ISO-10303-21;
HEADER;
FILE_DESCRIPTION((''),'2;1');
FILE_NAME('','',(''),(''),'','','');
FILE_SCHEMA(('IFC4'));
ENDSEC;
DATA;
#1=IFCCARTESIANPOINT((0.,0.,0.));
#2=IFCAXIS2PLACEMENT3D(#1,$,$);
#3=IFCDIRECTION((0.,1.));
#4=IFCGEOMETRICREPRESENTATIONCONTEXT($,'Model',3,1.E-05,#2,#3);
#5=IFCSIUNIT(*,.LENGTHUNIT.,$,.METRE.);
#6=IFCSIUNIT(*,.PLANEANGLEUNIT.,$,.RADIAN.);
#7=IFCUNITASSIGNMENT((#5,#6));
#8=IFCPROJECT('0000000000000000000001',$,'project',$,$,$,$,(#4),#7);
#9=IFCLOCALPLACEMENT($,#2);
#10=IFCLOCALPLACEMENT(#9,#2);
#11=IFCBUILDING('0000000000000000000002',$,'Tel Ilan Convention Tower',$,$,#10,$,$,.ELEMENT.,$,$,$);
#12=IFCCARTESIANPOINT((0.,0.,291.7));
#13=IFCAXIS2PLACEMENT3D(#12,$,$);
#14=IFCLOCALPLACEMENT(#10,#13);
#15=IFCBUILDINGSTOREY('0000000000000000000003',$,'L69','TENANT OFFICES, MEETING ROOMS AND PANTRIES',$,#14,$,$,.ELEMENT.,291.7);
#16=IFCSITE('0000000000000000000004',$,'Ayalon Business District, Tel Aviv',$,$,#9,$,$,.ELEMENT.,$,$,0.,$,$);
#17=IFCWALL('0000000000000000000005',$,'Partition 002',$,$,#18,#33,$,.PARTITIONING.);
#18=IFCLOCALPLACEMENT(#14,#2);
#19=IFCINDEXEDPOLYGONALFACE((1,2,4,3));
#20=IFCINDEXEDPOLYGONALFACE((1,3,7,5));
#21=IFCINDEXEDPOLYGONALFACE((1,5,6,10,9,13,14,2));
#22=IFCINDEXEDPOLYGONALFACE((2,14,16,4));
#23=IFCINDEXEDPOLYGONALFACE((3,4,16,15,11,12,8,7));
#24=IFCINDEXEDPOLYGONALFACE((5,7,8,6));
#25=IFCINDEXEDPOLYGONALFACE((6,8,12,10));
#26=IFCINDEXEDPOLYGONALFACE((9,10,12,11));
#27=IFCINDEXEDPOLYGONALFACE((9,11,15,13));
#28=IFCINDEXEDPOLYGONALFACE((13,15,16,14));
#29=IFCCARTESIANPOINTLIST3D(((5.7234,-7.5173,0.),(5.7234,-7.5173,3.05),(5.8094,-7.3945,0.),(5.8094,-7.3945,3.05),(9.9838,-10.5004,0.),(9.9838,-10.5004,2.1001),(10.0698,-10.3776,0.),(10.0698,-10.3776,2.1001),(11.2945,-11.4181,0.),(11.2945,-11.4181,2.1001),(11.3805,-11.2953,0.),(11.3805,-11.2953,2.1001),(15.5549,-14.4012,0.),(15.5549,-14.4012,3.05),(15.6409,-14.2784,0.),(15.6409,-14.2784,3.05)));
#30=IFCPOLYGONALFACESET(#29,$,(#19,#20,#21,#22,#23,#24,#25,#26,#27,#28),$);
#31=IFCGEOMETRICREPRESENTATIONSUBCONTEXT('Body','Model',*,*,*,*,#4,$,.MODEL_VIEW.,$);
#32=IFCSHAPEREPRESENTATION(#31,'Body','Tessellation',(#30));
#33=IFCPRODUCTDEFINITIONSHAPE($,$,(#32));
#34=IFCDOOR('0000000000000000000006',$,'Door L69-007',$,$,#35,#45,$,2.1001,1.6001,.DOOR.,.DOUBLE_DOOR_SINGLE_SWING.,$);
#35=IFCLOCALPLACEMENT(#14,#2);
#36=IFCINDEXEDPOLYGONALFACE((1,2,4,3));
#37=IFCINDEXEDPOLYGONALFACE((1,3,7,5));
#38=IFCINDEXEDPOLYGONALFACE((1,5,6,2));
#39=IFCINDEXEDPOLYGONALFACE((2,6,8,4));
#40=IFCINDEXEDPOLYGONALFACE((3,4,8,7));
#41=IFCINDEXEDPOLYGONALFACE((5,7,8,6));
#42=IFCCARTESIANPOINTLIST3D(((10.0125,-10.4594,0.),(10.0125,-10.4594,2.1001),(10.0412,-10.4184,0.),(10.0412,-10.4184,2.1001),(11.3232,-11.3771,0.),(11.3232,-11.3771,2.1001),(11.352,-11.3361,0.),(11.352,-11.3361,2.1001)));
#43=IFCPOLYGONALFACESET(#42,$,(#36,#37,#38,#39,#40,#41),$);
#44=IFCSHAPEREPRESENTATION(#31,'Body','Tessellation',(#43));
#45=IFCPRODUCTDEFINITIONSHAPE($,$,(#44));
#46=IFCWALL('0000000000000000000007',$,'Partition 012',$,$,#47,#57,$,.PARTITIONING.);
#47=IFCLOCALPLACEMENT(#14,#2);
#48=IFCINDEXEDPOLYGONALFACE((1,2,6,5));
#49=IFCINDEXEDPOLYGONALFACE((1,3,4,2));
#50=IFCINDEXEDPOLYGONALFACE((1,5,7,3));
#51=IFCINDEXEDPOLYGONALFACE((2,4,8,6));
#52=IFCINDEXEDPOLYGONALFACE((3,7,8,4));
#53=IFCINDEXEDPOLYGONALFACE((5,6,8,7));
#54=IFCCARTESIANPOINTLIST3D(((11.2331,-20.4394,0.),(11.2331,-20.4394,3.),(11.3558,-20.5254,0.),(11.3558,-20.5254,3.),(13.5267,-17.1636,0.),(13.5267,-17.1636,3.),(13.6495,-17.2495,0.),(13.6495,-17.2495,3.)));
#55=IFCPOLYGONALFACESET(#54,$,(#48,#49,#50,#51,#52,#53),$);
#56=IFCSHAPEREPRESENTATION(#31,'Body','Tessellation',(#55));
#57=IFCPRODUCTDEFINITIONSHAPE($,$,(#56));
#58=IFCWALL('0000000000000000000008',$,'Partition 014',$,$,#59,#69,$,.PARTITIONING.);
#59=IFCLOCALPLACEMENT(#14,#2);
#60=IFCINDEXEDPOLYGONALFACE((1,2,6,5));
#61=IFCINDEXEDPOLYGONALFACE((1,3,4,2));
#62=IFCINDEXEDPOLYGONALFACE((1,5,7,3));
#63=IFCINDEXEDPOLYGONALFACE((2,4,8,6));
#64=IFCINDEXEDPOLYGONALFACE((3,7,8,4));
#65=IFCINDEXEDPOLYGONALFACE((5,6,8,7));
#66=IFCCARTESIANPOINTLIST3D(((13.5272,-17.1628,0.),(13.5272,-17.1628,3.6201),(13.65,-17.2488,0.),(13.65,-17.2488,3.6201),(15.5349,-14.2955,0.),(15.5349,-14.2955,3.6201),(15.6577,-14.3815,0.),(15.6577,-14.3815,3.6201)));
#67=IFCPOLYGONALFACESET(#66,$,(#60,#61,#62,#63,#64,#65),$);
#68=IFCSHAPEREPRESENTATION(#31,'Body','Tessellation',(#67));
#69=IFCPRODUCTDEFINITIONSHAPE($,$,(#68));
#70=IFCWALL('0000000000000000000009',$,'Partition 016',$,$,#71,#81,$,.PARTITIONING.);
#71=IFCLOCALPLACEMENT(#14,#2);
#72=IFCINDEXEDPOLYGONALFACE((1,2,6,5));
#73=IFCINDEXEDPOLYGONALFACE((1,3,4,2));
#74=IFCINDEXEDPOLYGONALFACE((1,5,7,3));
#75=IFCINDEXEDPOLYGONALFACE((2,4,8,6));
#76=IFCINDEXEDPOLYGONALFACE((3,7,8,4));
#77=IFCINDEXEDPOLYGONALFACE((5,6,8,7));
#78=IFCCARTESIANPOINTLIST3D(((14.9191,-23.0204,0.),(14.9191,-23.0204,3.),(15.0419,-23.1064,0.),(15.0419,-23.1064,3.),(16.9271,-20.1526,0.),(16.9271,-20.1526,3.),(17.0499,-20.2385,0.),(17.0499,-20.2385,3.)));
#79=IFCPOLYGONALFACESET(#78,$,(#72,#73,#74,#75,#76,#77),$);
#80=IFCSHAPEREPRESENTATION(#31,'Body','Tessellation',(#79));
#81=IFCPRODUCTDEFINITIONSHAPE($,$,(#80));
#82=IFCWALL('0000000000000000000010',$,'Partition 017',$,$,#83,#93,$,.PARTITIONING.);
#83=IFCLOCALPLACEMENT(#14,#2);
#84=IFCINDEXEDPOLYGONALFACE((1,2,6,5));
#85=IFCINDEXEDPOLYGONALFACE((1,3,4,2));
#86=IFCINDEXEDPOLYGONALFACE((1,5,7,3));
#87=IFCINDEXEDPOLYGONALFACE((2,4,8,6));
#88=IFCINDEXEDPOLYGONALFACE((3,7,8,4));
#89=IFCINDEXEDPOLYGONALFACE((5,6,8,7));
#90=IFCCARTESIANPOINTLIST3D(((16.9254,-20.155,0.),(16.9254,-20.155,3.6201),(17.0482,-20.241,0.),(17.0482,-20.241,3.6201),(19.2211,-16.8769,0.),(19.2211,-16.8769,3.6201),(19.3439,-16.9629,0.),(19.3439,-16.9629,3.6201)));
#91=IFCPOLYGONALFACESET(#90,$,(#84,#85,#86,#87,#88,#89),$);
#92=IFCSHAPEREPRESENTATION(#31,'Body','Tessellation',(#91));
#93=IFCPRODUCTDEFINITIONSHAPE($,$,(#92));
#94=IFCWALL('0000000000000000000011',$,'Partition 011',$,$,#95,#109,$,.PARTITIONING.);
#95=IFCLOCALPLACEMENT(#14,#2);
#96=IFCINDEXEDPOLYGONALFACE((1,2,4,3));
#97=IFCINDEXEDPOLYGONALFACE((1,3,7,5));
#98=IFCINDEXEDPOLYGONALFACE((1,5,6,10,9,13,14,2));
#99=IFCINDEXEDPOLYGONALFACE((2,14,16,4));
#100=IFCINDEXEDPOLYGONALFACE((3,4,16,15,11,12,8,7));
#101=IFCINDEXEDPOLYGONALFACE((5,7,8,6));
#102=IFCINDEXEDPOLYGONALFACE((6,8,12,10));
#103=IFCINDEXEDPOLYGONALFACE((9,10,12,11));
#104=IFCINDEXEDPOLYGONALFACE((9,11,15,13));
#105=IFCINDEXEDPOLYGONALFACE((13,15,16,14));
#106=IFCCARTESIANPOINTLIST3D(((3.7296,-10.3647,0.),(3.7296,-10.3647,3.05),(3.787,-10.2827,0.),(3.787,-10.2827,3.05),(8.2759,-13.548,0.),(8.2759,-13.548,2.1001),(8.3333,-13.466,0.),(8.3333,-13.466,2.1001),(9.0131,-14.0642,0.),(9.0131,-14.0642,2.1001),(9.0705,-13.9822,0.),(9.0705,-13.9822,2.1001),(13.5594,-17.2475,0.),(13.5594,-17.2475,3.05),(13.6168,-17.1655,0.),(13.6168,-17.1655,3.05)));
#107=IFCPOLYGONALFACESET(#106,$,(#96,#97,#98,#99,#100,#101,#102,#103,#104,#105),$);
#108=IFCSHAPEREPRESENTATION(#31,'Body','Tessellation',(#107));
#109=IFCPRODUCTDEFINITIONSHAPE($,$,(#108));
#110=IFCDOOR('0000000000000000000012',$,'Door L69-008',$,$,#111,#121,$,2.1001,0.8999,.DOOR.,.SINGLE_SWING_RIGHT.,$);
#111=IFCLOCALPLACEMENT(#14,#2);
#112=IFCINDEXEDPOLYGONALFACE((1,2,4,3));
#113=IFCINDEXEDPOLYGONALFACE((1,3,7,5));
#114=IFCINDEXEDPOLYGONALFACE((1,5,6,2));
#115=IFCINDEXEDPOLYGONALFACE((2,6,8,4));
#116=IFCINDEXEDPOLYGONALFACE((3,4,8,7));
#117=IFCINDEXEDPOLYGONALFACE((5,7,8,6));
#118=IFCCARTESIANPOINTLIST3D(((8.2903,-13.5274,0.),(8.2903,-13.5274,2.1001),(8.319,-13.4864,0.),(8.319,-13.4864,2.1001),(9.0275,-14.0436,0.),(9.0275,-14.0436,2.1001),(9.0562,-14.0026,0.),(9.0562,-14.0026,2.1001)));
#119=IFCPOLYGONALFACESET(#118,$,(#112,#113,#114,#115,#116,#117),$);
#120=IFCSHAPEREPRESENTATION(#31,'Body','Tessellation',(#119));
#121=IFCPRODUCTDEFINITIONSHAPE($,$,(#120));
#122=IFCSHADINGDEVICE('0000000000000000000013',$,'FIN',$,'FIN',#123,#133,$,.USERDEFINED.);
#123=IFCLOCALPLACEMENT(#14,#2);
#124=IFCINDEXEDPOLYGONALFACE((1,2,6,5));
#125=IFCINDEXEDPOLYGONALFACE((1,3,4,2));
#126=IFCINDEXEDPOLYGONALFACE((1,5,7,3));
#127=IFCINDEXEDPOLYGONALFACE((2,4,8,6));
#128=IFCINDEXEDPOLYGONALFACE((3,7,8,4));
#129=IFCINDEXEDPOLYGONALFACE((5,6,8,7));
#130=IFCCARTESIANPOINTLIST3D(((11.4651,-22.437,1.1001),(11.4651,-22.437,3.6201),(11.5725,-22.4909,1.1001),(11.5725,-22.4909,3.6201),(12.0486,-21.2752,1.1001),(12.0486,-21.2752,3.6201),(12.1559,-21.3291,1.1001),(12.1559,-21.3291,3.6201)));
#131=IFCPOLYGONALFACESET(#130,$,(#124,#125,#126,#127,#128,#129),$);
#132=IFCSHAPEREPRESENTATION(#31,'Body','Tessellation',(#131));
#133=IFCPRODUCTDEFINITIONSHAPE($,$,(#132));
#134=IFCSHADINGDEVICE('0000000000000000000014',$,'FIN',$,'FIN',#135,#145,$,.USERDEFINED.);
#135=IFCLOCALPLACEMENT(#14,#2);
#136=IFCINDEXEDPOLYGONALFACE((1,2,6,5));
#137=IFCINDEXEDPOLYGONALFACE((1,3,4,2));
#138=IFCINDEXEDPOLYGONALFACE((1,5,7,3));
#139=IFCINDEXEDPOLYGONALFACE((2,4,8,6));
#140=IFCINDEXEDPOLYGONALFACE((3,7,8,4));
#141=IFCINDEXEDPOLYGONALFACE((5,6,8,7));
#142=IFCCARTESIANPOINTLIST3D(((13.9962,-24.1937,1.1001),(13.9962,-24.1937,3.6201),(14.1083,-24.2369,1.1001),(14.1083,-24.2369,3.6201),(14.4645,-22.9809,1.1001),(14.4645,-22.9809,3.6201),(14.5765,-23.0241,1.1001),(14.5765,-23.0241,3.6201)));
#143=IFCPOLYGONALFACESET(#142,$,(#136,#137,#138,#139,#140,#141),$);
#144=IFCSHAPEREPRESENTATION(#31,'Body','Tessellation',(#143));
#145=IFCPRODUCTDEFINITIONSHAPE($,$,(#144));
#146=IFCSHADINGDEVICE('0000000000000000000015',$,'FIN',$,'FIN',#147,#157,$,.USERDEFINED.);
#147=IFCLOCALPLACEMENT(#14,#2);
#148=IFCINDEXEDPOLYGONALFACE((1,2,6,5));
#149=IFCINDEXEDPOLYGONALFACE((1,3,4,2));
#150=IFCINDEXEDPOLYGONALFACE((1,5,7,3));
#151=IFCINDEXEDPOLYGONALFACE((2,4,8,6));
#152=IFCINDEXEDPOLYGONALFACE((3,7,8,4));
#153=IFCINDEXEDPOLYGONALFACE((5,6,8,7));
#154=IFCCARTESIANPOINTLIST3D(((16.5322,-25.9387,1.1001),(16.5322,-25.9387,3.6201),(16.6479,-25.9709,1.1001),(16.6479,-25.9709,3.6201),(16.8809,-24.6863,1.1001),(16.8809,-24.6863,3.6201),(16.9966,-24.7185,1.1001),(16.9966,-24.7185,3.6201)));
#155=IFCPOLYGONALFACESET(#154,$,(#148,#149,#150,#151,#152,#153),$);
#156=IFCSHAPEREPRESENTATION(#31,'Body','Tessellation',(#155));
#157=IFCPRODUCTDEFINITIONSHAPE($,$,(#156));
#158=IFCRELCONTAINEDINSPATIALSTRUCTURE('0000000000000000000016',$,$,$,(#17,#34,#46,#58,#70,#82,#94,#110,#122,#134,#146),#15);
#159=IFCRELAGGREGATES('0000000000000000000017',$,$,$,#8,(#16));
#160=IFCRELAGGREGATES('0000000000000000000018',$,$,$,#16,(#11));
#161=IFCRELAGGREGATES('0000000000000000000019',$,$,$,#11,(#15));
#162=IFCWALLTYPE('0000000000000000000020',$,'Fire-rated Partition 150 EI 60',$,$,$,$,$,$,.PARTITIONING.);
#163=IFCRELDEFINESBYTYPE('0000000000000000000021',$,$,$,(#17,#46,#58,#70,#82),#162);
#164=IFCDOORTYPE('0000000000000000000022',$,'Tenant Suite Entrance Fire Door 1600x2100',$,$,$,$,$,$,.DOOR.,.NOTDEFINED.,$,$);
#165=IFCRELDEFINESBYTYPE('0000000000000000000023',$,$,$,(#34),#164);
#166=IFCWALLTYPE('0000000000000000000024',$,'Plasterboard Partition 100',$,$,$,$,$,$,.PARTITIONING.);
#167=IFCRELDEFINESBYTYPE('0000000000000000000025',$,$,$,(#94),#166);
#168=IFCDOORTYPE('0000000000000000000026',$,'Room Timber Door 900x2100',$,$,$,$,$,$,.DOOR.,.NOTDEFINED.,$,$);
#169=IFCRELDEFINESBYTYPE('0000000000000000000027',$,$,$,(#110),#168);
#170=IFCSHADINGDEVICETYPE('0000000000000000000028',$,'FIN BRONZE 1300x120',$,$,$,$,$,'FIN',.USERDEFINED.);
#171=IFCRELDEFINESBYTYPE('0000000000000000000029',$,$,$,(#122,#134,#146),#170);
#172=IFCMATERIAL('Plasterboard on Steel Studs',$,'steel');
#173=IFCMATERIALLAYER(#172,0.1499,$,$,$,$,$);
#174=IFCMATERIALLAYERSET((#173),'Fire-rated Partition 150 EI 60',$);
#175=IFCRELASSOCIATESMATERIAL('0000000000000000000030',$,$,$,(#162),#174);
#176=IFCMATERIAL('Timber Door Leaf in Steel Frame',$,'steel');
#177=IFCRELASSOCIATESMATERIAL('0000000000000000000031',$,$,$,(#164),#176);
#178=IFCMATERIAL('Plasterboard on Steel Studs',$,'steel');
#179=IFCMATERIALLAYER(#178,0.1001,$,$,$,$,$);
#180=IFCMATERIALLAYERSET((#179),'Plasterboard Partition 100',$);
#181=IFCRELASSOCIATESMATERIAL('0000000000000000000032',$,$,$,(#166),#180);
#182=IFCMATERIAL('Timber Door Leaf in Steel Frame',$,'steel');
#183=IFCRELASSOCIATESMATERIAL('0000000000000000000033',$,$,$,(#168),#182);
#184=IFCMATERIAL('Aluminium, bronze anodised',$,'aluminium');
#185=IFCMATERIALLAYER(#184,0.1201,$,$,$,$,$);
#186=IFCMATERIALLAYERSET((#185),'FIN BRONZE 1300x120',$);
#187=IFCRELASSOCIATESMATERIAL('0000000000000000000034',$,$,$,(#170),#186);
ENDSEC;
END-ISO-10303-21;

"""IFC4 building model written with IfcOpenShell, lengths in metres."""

from ifc_helpers import new_model, si_unit, direction, frame, frame_2d, origin, origin_2d, place, context, subcontext, project, spatial, rectangle, extrude, material, layer, layer_set, type_object, element, fill, save


model = new_model("IFC4")

# Units and contexts
model_context = context("Model", 3, precision=1e-05, world=origin(), true_north=direction((0.0, 1.0)))
body_context = subcontext(model_context, "Body", "Model", "MODEL_VIEW")
ifc_project = project(units=[si_unit("LENGTHUNIT", "METRE"), si_unit("PLANEANGLEUNIT", "RADIAN")], contexts=[model_context])

# Site, building, storey
site_placement = place(None, origin())
site = spatial("IfcSite", under=ifc_project, at=site_placement, Name="Ayalon Business District, Tel Aviv", CompositionType="ELEMENT", RefElevation=0.0)
building_placement = place(site_placement, origin())
building = spatial("IfcBuilding", under=site, at=building_placement, Name="Tel Ilan Convention Tower", CompositionType="ELEMENT")
storey_placement = place(building_placement, frame((0.0, 0.0, 291.7)))
storey = spatial("IfcBuildingStorey", under=building, at=storey_placement, Name="L69", Description="TENANT OFFICES, MEETING ROOMS AND PANTRIES", CompositionType="ELEMENT", Elevation=291.7)

# Wall, opening, door
ifc_material_1 = material(Name="Plasterboard on Steel Studs", Category="steel")
ifc_layer_1 = layer(ifc_material_1, 0.1499)
ifc_layer_set_1 = layer_set([ifc_layer_1], Name="Fire-rated Partition 150 EI 60")
wall_type_1 = type_object("IfcWallType", Name="Fire-rated Partition 150 EI 60", PredefinedType="PARTITIONING", material=ifc_layer_set_1)
wall_1_placement = place(storey_placement, frame((15.5979, -14.3398, 0.0), z_axis=(0.0, 0.0, 1.0), x_axis=(-0.819155, 0.573572, 0.0)))
wall_1 = element("IfcWall", 1, at=wall_1_placement, inside=storey, type_object=wall_type_1, Name="Partition 002", PredefinedType="PARTITIONING", context=body_context, shape_type="SweptSolid", body=[
    extrude(rectangle(XDim=12.002, YDim=0.1499, at=frame_2d((6.001, 0.0))), origin(), (0.0, 0.0, 1.0), 3.05),
])
opening_1_placement = place(wall_1_placement, frame((5.2009, 0.0, 0.0)))
opening_1 = element("IfcOpeningElement", 2, at=opening_1_placement, cuts=wall_1, PredefinedType="OPENING", context=body_context, shape_type="SweptSolid", body=[
    extrude(rectangle(XDim=1.6001, YDim=2.1001, at=frame_2d((0.8, 1.05))), frame((0.0, 0.085, 0.0), z_axis=(0.0, -1.0, 0.0), x_axis=(1.0, 0.0, 0.0)), (0.0, 0.0, 1.0), 0.1699),
])
ifc_material_2 = material(Name="Timber Door Leaf in Steel Frame", Category="steel")
door_type_1 = type_object("IfcDoorType", Name="Tenant Suite Entrance Fire Door 1600x2100", OperationType="NOTDEFINED", PredefinedType="DOOR", material=ifc_material_2)
door_1_placement = place(opening_1_placement, origin())
door_1 = element("IfcDoor", 3, at=door_1_placement, inside=storey, type_object=door_type_1, Name="Door L69-007", OperationType="DOUBLE_DOOR_SINGLE_SWING", OverallHeight=2.1001, OverallWidth=1.6001, PredefinedType="DOOR", context=body_context, shape_type="SweptSolid", body=[
    extrude(rectangle(XDim=1.6001, YDim=2.1001, at=frame_2d((0.8, 1.05))), frame((0.0, 0.0249, 0.0), z_axis=(0.0, -1.0, 0.0), x_axis=(1.0, 0.0, 0.0)), (0.0, 0.0, 1.0), 0.05),
])
fill(opening_1, door_1)

# Walls
wall_2_placement = place(storey_placement, frame((13.5881, -17.2065, 0.0), z_axis=(0.0, 0.0, 1.0), x_axis=(-0.573561, -0.819163, 0.0)))
element("IfcWall", 4, at=wall_2_placement, inside=storey, type_object=wall_type_1, Name="Partition 012", PredefinedType="PARTITIONING", context=body_context, shape_type="SweptSolid", body=[
    extrude(rectangle(XDim=3.999, YDim=0.1499, at=frame_2d((1.9995, 0.0))), origin(), (0.0, 0.0, 1.0), 3.0),
])
wall_3_placement = place(storey_placement, frame((15.5962, -14.3386, 0.0), z_axis=(0.0, 0.0, 1.0), x_axis=(-0.573565, -0.81916, 0.0)))
element("IfcWall", 5, at=wall_3_placement, inside=storey, type_object=wall_type_1, Name="Partition 014", PredefinedType="PARTITIONING", context=body_context, shape_type="SweptSolid", body=[
    extrude(rectangle(XDim=3.5002, YDim=0.1499, at=frame_2d((1.75, 0.0))), origin(), (0.0, 0.0, 1.0), 3.6201),
])
wall_4_placement = place(storey_placement, frame((16.9885, -20.1956, 0.0), z_axis=(0.0, 0.0, 1.0), x_axis=(-0.573561, -0.819163, 0.0)))
element("IfcWall", 6, at=wall_4_placement, inside=storey, type_object=wall_type_1, Name="Partition 016", PredefinedType="PARTITIONING", context=body_context, shape_type="SweptSolid", body=[
    extrude(rectangle(XDim=3.501, YDim=0.1499, at=frame_2d((1.7505, 0.0))), origin(), (0.0, 0.0, 1.0), 3.0),
])
wall_5_placement = place(storey_placement, frame((19.2825, -16.9199, 0.0), z_axis=(0.0, 0.0, 1.0), x_axis=(-0.57363, -0.819114, 0.0)))
element("IfcWall", 7, at=wall_5_placement, inside=storey, type_object=wall_type_1, Name="Partition 017", PredefinedType="PARTITIONING", context=body_context, shape_type="SweptSolid", body=[
    extrude(rectangle(XDim=4.002, YDim=0.1499, at=frame_2d((2.001, 0.0))), origin(), (0.0, 0.0, 1.0), 3.6201),
])

# Wall, opening, door
ifc_material_3 = material(Name="Plasterboard on Steel Studs", Category="steel")
ifc_layer_2 = layer(ifc_material_3, 0.1001)
ifc_layer_set_2 = layer_set([ifc_layer_2], Name="Plasterboard Partition 100")
wall_type_2 = type_object("IfcWallType", Name="Plasterboard Partition 100", PredefinedType="PARTITIONING", material=ifc_layer_set_2)
wall_6_placement = place(storey_placement, frame((13.5881, -17.2065, 0.0), z_axis=(0.0, 0.0, 1.0), x_axis=(-0.819156, 0.57357, 0.0)))
wall_6 = element("IfcWall", 8, at=wall_6_placement, inside=storey, type_object=wall_type_2, Name="Partition 011", PredefinedType="PARTITIONING", context=body_context, shape_type="SweptSolid", body=[
    extrude(rectangle(XDim=12.0, YDim=0.1001, at=frame_2d((6.0, 0.0))), origin(), (0.0, 0.0, 1.0), 3.05),
])
opening_2_placement = place(wall_6_placement, frame((5.55, 0.0, 0.0)))
opening_2 = element("IfcOpeningElement", 9, at=opening_2_placement, cuts=wall_6, PredefinedType="OPENING", context=body_context, shape_type="SweptSolid", body=[
    extrude(rectangle(XDim=0.8999, YDim=2.1001, at=frame_2d((0.45, 1.05))), frame((0.0, 0.0601, 0.0), z_axis=(0.0, -1.0, 0.0), x_axis=(1.0, 0.0, 0.0)), (0.0, 0.0, 1.0), 0.1201),
])
ifc_material_4 = material(Name="Timber Door Leaf in Steel Frame", Category="steel")
door_type_2 = type_object("IfcDoorType", Name="Room Timber Door 900x2100", OperationType="NOTDEFINED", PredefinedType="DOOR", material=ifc_material_4)
door_2_placement = place(opening_2_placement, origin())
door_2 = element("IfcDoor", 10, at=door_2_placement, inside=storey, type_object=door_type_2, Name="Door L69-008", OperationType="SINGLE_SWING_RIGHT", OverallHeight=2.1001, OverallWidth=0.8999, PredefinedType="DOOR", context=body_context, shape_type="SweptSolid", body=[
    extrude(rectangle(XDim=0.8999, YDim=2.1001, at=frame_2d((0.45, 1.05))), frame((0.0, 0.0249, 0.0), z_axis=(0.0, -1.0, 0.0), x_axis=(1.0, 0.0, 0.0)), (0.0, 0.0, 1.0), 0.05),
])
fill(opening_2, door_2)

# Shading devices
ifc_material_5 = material(Name="Aluminium, bronze anodised", Category="aluminium")
ifc_layer_3 = layer(ifc_material_5, 0.1201)
ifc_layer_set_3 = layer_set([ifc_layer_3], Name="FIN BRONZE 1300x120")
shading_device_type = type_object("IfcShadingDeviceType", Name="FIN BRONZE 1300x120", ElementType="FIN", PredefinedType="USERDEFINED", material=ifc_layer_set_3)
for number, where, z_axis, x_axis, name in (
    (11, (11.8105, -21.8831, 1.1001), (0.0, 0.0, 1.0), (-0.448799, -0.893633, 0.0), "FIN"),
    (12, (14.2864, -23.6089, 1.1001), (0.0, 0.0, 1.0), (-0.360178, -0.932884, 0.0), "FIN"),
    (13, (16.7644, -25.3286, 1.1001), (0.0, 0.0, 1.0), (-0.268173, -0.963371, 0.0), "FIN"),
):
    element("IfcShadingDevice", number, at=place(storey_placement, frame(where, z_axis=z_axis, x_axis=x_axis)), inside=storey, type_object=shading_device_type, Name=name, ObjectType="FIN", PredefinedType="USERDEFINED", context=body_context, shape_type="SweptSolid", body=[
        extrude(rectangle(XDim=1.3, YDim=0.1201, at=origin_2d()), origin(), (0.0, 0.0, 1.0), 2.52),
    ])

save(model, "model.ifc")
